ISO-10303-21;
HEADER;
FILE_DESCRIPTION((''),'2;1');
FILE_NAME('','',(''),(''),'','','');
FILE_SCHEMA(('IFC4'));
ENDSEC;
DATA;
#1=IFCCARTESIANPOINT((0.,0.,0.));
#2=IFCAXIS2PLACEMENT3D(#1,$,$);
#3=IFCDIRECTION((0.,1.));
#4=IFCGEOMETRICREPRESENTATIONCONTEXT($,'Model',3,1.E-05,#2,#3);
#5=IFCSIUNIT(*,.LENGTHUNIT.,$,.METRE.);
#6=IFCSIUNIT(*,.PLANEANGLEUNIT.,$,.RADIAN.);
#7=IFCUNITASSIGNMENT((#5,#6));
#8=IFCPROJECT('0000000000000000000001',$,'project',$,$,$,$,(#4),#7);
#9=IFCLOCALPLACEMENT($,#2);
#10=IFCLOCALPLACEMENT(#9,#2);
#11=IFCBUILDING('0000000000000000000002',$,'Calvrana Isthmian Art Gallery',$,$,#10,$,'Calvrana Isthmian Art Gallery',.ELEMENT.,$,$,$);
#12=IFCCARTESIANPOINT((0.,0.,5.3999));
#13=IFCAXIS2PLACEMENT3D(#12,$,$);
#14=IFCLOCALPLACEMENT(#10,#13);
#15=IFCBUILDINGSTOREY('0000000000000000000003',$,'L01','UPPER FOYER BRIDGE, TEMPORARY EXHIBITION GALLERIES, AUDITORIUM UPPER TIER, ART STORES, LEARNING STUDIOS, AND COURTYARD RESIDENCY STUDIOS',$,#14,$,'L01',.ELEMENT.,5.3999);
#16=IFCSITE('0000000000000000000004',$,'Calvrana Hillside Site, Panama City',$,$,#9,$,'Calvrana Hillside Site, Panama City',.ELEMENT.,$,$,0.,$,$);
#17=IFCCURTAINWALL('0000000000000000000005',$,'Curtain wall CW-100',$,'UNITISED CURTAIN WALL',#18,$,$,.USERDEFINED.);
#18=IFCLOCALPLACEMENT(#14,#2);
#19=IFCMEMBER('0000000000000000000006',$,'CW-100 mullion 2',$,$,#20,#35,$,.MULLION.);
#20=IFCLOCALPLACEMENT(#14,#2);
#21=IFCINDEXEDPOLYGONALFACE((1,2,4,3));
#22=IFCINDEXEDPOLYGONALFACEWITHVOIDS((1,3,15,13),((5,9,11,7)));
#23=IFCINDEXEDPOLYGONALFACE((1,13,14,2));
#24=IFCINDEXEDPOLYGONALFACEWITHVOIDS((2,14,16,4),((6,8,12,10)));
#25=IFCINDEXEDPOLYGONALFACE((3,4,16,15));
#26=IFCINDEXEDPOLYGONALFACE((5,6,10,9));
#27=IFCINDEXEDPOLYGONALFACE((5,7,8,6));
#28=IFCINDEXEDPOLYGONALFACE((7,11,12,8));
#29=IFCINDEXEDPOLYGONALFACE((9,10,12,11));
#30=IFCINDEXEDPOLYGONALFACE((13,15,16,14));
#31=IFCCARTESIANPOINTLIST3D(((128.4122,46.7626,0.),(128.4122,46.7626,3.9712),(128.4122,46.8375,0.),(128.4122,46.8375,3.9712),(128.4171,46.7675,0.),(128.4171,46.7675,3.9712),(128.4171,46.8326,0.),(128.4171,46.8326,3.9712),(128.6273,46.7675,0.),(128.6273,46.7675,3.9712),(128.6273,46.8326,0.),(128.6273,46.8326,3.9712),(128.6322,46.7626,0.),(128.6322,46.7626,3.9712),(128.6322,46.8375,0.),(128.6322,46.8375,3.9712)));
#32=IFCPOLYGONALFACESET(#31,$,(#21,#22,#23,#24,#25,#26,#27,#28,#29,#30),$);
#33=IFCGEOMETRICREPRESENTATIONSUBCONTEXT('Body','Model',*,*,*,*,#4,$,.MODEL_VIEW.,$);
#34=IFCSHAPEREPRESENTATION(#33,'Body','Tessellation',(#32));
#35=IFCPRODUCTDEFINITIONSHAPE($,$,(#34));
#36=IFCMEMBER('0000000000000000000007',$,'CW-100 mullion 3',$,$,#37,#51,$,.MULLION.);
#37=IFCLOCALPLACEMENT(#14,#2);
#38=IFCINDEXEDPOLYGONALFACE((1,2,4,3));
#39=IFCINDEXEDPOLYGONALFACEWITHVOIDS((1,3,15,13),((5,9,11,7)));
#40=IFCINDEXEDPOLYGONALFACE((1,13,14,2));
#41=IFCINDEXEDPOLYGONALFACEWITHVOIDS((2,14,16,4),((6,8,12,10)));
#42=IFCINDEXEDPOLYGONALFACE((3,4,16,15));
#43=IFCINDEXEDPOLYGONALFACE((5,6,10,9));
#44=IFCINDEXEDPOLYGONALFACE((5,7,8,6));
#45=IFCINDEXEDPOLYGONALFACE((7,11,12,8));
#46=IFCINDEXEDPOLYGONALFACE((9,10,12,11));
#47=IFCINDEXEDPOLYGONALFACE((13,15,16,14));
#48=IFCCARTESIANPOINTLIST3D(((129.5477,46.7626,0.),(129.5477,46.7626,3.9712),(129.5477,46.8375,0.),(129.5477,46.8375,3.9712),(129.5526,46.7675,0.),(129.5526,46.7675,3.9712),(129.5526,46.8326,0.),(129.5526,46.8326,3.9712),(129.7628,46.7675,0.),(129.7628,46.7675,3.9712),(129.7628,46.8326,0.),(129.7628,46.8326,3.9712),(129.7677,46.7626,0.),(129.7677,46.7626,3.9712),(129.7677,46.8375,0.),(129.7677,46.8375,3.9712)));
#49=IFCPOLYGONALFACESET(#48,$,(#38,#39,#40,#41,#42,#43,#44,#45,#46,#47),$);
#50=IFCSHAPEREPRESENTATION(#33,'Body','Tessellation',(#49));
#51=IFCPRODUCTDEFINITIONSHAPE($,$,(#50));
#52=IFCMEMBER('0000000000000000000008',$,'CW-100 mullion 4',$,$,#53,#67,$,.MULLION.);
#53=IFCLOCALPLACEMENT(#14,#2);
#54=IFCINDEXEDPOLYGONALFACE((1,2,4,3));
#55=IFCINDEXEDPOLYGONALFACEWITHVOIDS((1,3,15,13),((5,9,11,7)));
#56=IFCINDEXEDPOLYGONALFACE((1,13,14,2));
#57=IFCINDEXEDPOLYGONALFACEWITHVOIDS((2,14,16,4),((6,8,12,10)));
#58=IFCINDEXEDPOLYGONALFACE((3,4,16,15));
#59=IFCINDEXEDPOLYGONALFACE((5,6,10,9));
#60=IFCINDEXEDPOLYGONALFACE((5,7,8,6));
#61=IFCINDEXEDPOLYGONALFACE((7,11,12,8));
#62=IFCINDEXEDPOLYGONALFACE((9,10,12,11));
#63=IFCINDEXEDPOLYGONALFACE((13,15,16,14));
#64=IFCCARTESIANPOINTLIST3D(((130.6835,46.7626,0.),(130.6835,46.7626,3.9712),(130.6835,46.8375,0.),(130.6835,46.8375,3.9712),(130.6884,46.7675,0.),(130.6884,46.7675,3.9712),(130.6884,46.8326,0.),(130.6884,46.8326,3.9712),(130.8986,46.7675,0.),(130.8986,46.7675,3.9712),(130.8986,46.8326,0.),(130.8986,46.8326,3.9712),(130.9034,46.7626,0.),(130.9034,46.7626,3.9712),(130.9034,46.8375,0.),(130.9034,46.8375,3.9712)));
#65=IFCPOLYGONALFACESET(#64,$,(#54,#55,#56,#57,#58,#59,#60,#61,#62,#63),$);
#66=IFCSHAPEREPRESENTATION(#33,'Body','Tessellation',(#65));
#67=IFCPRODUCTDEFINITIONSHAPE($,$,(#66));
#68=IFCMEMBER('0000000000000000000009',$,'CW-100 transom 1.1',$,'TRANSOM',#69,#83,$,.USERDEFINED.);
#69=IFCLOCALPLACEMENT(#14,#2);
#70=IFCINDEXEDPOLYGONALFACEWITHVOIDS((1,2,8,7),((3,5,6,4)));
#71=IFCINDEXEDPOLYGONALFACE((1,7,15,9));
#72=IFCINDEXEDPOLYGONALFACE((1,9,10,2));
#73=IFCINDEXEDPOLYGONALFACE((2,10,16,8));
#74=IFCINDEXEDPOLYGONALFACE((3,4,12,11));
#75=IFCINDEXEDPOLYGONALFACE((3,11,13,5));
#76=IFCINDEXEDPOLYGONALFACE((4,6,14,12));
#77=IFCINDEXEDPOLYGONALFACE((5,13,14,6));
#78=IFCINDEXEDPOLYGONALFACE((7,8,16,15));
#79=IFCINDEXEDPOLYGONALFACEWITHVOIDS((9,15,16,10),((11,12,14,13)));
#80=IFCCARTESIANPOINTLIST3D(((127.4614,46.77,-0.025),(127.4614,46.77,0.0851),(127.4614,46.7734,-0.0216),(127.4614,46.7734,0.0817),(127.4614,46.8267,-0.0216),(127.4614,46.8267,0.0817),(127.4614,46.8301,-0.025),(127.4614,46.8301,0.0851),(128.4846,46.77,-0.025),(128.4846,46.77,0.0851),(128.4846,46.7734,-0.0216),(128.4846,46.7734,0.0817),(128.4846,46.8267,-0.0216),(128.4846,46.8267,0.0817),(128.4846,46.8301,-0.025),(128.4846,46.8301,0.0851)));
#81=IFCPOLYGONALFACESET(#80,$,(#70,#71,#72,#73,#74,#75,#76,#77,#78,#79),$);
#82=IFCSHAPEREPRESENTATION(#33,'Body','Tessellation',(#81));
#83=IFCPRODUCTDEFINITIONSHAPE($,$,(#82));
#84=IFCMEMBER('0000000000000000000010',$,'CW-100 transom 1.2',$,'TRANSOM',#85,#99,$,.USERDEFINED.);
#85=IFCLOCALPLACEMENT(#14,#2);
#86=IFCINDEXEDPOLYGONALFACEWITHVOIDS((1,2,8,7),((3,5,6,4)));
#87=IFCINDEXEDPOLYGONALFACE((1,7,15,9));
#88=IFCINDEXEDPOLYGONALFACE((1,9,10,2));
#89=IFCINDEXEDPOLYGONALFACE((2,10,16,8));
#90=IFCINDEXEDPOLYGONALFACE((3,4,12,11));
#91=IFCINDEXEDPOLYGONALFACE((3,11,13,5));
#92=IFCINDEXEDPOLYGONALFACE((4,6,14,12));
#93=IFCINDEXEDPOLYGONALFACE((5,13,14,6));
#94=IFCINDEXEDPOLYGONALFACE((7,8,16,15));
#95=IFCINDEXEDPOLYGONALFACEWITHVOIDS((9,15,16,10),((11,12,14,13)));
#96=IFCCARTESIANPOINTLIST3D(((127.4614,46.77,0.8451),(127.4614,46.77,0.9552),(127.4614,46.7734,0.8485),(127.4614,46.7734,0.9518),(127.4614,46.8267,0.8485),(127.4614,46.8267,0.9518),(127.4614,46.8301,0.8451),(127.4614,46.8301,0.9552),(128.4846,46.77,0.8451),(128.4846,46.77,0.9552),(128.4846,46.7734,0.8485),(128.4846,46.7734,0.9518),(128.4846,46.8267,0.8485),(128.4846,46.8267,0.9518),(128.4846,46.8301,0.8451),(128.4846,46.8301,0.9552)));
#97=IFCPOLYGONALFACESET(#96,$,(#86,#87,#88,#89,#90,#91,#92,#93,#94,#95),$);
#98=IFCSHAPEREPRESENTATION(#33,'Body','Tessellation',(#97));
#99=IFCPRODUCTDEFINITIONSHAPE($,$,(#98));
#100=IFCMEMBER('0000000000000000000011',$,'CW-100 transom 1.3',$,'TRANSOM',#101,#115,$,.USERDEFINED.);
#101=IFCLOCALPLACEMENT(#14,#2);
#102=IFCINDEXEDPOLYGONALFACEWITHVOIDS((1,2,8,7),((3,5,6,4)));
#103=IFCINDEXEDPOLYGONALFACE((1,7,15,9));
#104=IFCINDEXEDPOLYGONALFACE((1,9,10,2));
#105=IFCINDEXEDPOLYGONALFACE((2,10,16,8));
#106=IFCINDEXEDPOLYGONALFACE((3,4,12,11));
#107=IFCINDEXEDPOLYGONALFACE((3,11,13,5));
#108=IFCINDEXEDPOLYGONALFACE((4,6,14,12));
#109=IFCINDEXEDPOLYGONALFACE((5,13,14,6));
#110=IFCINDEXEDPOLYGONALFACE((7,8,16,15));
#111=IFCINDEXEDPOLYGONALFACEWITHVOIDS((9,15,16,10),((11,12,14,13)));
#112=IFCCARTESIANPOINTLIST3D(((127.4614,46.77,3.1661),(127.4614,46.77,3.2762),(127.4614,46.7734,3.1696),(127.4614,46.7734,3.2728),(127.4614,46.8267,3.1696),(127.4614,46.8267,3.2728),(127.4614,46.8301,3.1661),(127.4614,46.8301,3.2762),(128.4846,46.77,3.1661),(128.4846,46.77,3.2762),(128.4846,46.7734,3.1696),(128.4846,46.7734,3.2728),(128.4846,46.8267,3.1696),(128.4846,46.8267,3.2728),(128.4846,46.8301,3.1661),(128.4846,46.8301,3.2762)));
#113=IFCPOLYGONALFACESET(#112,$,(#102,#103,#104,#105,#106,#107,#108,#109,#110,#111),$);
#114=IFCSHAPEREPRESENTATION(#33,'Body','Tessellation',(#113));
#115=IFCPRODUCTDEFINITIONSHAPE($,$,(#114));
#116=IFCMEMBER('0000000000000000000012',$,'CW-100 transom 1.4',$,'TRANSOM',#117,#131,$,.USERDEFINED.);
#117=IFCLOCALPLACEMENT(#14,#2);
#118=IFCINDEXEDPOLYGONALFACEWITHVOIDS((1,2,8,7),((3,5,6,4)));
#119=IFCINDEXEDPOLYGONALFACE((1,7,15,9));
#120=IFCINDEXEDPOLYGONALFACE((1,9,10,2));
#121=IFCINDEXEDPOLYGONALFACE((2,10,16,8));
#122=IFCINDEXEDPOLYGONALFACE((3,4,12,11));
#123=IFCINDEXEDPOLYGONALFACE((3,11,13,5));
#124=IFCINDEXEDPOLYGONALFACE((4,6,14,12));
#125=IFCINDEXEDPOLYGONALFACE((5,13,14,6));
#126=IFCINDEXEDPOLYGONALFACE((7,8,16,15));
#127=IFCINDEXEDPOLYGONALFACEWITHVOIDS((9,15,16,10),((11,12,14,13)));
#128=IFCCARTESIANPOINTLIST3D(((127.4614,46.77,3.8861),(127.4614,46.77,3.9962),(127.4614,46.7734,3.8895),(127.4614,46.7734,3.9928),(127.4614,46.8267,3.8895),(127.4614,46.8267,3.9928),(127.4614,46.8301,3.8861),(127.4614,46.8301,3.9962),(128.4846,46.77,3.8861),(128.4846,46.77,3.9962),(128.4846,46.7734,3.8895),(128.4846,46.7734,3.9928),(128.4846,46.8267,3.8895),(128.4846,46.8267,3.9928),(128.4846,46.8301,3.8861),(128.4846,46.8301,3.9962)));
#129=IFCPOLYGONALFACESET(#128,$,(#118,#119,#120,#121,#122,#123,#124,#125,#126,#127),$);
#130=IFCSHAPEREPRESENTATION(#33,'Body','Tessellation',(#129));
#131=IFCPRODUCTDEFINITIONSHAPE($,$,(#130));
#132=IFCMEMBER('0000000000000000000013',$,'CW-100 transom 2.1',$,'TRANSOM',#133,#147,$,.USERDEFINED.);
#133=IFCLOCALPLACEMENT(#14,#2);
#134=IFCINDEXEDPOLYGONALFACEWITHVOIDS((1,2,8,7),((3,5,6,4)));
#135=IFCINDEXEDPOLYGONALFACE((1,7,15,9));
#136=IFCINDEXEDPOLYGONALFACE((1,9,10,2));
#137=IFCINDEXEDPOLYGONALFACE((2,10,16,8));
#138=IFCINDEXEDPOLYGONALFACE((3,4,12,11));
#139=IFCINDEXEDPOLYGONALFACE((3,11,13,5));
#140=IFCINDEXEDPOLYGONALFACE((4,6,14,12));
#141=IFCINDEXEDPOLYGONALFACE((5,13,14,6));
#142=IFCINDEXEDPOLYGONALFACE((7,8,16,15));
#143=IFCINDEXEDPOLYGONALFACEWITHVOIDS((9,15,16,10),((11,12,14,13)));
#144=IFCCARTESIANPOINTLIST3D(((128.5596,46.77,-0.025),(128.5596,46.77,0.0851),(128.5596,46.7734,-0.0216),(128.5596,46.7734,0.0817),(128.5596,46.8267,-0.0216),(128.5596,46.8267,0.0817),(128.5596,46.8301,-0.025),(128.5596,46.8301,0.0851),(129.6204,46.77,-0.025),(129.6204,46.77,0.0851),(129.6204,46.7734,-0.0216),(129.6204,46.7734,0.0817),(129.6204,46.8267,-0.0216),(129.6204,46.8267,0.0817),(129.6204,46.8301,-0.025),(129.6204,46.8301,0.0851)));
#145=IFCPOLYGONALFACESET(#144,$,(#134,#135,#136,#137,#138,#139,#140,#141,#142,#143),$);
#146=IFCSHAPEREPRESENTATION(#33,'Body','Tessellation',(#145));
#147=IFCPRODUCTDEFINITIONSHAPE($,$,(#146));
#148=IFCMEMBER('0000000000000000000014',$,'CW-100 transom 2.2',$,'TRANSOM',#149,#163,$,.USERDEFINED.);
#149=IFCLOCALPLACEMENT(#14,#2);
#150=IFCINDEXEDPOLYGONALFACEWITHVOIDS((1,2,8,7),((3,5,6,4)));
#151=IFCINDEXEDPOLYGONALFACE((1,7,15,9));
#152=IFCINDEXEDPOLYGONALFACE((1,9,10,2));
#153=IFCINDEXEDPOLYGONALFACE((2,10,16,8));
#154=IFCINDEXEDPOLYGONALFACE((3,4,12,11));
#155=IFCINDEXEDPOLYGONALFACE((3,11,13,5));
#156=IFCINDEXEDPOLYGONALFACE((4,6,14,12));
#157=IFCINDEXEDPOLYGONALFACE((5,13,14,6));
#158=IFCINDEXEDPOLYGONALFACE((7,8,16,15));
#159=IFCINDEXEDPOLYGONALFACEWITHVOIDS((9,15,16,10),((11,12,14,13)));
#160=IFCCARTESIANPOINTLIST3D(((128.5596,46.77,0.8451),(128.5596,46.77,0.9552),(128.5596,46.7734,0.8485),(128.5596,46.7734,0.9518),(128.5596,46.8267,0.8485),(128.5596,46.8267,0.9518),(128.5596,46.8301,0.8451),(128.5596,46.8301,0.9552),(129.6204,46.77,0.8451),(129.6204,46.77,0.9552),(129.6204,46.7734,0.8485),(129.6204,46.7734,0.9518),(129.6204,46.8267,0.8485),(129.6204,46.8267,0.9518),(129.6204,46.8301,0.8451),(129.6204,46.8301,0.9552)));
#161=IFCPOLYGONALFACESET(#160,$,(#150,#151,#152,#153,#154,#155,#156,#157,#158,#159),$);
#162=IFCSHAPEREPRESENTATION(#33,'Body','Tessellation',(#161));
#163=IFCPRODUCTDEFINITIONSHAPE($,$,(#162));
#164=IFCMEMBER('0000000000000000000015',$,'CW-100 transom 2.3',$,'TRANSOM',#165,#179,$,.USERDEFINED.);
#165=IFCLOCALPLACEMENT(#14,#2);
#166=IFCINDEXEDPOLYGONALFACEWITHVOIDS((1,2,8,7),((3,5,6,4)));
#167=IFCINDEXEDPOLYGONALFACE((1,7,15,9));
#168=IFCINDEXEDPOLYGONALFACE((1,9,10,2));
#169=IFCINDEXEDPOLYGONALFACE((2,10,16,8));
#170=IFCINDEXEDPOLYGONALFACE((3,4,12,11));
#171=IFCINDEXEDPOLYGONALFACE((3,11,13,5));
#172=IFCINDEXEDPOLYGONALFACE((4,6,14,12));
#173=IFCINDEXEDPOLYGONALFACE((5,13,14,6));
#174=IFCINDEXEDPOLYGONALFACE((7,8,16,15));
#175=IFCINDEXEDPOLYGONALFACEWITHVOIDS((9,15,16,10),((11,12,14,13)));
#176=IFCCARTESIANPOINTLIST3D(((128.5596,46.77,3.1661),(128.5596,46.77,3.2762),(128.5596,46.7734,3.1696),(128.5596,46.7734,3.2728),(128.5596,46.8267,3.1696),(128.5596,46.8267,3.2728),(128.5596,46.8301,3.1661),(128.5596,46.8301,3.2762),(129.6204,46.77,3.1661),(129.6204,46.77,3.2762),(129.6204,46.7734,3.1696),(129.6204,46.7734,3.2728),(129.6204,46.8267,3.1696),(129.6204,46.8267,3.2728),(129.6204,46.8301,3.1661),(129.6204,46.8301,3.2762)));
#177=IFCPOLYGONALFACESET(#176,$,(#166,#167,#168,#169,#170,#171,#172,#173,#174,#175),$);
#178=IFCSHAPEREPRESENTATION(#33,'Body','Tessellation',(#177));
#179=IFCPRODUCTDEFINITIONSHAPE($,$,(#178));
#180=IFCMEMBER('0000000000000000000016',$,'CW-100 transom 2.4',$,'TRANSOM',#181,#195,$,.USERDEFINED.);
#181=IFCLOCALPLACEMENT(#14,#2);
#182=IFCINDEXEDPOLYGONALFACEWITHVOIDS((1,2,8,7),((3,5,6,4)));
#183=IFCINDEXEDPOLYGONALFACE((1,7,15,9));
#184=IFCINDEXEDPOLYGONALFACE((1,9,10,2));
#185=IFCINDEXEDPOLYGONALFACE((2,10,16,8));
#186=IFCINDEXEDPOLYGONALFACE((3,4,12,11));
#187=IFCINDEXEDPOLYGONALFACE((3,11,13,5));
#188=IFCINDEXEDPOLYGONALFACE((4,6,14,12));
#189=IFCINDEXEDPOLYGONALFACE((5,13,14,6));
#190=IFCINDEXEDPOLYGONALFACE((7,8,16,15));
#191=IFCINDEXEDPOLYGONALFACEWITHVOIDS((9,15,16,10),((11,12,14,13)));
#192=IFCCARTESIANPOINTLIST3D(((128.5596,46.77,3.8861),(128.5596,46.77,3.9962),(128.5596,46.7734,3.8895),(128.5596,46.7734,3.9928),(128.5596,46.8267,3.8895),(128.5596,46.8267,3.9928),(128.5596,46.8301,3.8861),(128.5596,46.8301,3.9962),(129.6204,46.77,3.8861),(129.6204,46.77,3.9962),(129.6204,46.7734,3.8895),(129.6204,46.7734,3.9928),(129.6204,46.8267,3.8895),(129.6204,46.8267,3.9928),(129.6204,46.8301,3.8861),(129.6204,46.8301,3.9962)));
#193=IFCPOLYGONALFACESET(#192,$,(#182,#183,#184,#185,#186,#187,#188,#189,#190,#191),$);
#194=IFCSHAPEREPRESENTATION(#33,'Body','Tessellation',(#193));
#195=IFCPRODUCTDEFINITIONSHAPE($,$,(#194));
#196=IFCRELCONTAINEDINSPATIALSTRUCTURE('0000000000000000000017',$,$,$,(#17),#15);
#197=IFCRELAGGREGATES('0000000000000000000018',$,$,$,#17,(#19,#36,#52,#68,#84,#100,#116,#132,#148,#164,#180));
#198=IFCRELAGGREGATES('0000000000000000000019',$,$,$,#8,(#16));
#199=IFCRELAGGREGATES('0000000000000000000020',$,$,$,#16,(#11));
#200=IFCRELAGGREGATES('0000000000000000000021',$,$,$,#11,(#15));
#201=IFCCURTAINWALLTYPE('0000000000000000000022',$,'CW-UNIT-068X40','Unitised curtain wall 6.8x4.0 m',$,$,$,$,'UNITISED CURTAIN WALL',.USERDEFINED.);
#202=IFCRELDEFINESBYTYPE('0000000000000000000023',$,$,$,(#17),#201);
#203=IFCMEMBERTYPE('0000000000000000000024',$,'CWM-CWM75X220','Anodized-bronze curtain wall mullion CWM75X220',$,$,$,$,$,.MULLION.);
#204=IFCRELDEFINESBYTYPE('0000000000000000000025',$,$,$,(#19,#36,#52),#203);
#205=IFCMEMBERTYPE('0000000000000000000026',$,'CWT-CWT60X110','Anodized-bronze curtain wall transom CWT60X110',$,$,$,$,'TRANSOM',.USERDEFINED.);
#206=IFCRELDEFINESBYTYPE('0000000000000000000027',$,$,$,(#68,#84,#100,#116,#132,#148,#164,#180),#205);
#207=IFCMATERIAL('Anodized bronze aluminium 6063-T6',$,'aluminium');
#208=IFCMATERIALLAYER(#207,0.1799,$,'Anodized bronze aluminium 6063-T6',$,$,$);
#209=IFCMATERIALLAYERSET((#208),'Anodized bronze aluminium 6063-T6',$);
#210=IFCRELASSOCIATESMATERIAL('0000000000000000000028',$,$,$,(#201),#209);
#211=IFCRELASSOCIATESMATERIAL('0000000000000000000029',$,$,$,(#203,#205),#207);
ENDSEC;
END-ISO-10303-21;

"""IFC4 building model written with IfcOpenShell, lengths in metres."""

from ifc_helpers import new_model, si_unit, direction, frame, origin, origin_2d, place, context, subcontext, project, spatial, hollow_rectangle, extrude, material, layer, layer_set, material_profile, profile_set, type_object, element, aggregate, save


model = new_model("IFC4")

# Units and contexts
model_context = context("Model", 3, precision=1e-05, world=origin(), true_north=direction((0.0, 1.0)))
body_context = subcontext(model_context, "Body", "Model", "MODEL_VIEW")
ifc_project = project(units=[si_unit("LENGTHUNIT", "METRE"), si_unit("PLANEANGLEUNIT", "RADIAN")], contexts=[model_context])

# Site, building, storey
site_placement = place(None, origin())
site = spatial("IfcSite", under=ifc_project, at=site_placement, Name="Calvrana Hillside Site, Panama City", LongName="Calvrana Hillside Site, Panama City", CompositionType="ELEMENT", RefElevation=0.0)
building_placement = place(site_placement, origin())
building = spatial("IfcBuilding", under=site, at=building_placement, Name="Calvrana Isthmian Art Gallery", LongName="Calvrana Isthmian Art Gallery", CompositionType="ELEMENT")
storey_placement = place(building_placement, frame((0.0, 0.0, 5.3999)))
storey = spatial("IfcBuildingStorey", under=building, at=storey_placement, Name="L01", Description="UPPER FOYER BRIDGE, TEMPORARY EXHIBITION GALLERIES, AUDITORIUM UPPER TIER, ART STORES, LEARNING STUDIOS, AND COURTYARD RESIDENCY STUDIOS", LongName="L01", CompositionType="ELEMENT", Elevation=5.3999)

# Curtain wall, members
ifc_material_1 = material(Name="Anodized bronze aluminium 6063-T6", Category="aluminium")
ifc_layer_1 = layer(ifc_material_1, 0.1799, Name="Anodized bronze aluminium 6063-T6")
ifc_layer_set_1 = layer_set([ifc_layer_1], Name="Anodized bronze aluminium 6063-T6")
curtain_wall_type = type_object("IfcCurtainWallType", Name="CW-UNIT-068X40", Description="Unitised curtain wall 6.8x4.0 m", ElementType="UNITISED CURTAIN WALL", PredefinedType="USERDEFINED", material=ifc_layer_set_1)
curtain_wall_placement = place(storey_placement, origin())
curtain_wall = element("IfcCurtainWall", 1, at=curtain_wall_placement, inside=storey, type_object=curtain_wall_type, Name="Curtain wall CW-100", ObjectType="UNITISED CURTAIN WALL", PredefinedType="USERDEFINED")
ifc_material_profile_1 = material_profile(ifc_material_1, hollow_rectangle(XDim=0.075, YDim=0.22, WallThickness=0.0049, at=origin_2d()), Name="CWM75X220")
ifc_profile_set_1 = profile_set([ifc_material_profile_1], Name="Anodized bronze aluminium 6063-T6")
member_type_1 = type_object("IfcMemberType", Name="CWM-CWM75X220", Description="Anodized-bronze curtain wall mullion CWM75X220", PredefinedType="MULLION", material=ifc_profile_set_1)
member_1_placement = place(storey_placement, frame((128.5222, 46.8, 0.0), z_axis=(0.0, 0.0, 1.0), x_axis=(0.0, 1.0, 0.0)))
member_1 = element("IfcMember", 2, at=member_1_placement, type_object=member_type_1, Name="CW-100 mullion 2", PredefinedType="MULLION", context=body_context, shape_type="SweptSolid", body=[
    extrude(hollow_rectangle(XDim=0.075, YDim=0.22, WallThickness=0.0049, at=origin_2d()), origin(), (0.0, 0.0, 1.0), 3.9712),
])
member_2_placement = place(storey_placement, frame((129.6577, 46.8, 0.0), z_axis=(0.0, 0.0, 1.0), x_axis=(0.0, 1.0, 0.0)))
member_2 = element("IfcMember", 3, at=member_2_placement, type_object=member_type_1, Name="CW-100 mullion 3", PredefinedType="MULLION", context=body_context, shape_type="SweptSolid", body=[
    extrude(hollow_rectangle(XDim=0.075, YDim=0.22, WallThickness=0.0049, at=origin_2d()), origin(), (0.0, 0.0, 1.0), 3.9712),
])
member_3_placement = place(storey_placement, frame((130.7935, 46.8, 0.0), z_axis=(0.0, 0.0, 1.0), x_axis=(0.0, 1.0, 0.0)))
member_3 = element("IfcMember", 4, at=member_3_placement, type_object=member_type_1, Name="CW-100 mullion 4", PredefinedType="MULLION", context=body_context, shape_type="SweptSolid", body=[
    extrude(hollow_rectangle(XDim=0.075, YDim=0.22, WallThickness=0.0049, at=origin_2d()), origin(), (0.0, 0.0, 1.0), 3.9712),
])
ifc_material_profile_2 = material_profile(ifc_material_1, hollow_rectangle(XDim=0.0601, YDim=0.1101, WallThickness=0.0034, at=origin_2d()), Name="CWT60X110")
ifc_profile_set_2 = profile_set([ifc_material_profile_2], Name="Anodized bronze aluminium 6063-T6")
member_type_2 = type_object("IfcMemberType", Name="CWT-CWT60X110", Description="Anodized-bronze curtain wall transom CWT60X110", ElementType="TRANSOM", PredefinedType="USERDEFINED", material=ifc_profile_set_2)
member_4_placement = place(storey_placement, frame((127.4614, 46.8, 0.03), z_axis=(1.0, 0.0, 0.0), x_axis=(0.0, 1.0, 0.0)))
member_4 = element("IfcMember", 5, at=member_4_placement, type_object=member_type_2, Name="CW-100 transom 1.1", ObjectType="TRANSOM", PredefinedType="USERDEFINED", context=body_context, shape_type="SweptSolid", body=[
    extrude(hollow_rectangle(XDim=0.0601, YDim=0.1101, WallThickness=0.0034, at=origin_2d()), origin(), (0.0, 0.0, 1.0), 1.0232),
])
member_5_placement = place(storey_placement, frame((127.4614, 46.8, 0.9001), z_axis=(1.0, 0.0, 0.0), x_axis=(0.0, 1.0, 0.0)))
member_5 = element("IfcMember", 6, at=member_5_placement, type_object=member_type_2, Name="CW-100 transom 1.2", ObjectType="TRANSOM", PredefinedType="USERDEFINED", context=body_context, shape_type="SweptSolid", body=[
    extrude(hollow_rectangle(XDim=0.0601, YDim=0.1101, WallThickness=0.0034, at=origin_2d()), origin(), (0.0, 0.0, 1.0), 1.0232),
])
member_6_placement = place(storey_placement, frame((127.4614, 46.8, 3.2212), z_axis=(1.0, 0.0, 0.0), x_axis=(0.0, 1.0, 0.0)))
member_6 = element("IfcMember", 7, at=member_6_placement, type_object=member_type_2, Name="CW-100 transom 1.3", ObjectType="TRANSOM", PredefinedType="USERDEFINED", context=body_context, shape_type="SweptSolid", body=[
    extrude(hollow_rectangle(XDim=0.0601, YDim=0.1101, WallThickness=0.0034, at=origin_2d()), origin(), (0.0, 0.0, 1.0), 1.0232),
])
member_7_placement = place(storey_placement, frame((127.4614, 46.8, 3.9412), z_axis=(1.0, 0.0, 0.0), x_axis=(0.0, 1.0, 0.0)))
member_7 = element("IfcMember", 8, at=member_7_placement, type_object=member_type_2, Name="CW-100 transom 1.4", ObjectType="TRANSOM", PredefinedType="USERDEFINED", context=body_context, shape_type="SweptSolid", body=[
    extrude(hollow_rectangle(XDim=0.0601, YDim=0.1101, WallThickness=0.0034, at=origin_2d()), origin(), (0.0, 0.0, 1.0), 1.0232),
])
member_8_placement = place(storey_placement, frame((128.5596, 46.8, 0.03), z_axis=(1.0, 0.0, 0.0), x_axis=(0.0, 1.0, 0.0)))
member_8 = element("IfcMember", 9, at=member_8_placement, type_object=member_type_2, Name="CW-100 transom 2.1", ObjectType="TRANSOM", PredefinedType="USERDEFINED", context=body_context, shape_type="SweptSolid", body=[
    extrude(hollow_rectangle(XDim=0.0601, YDim=0.1101, WallThickness=0.0034, at=origin_2d()), origin(), (0.0, 0.0, 1.0), 1.0608),
])
member_9_placement = place(storey_placement, frame((128.5596, 46.8, 0.9001), z_axis=(1.0, 0.0, 0.0), x_axis=(0.0, 1.0, 0.0)))
member_9 = element("IfcMember", 10, at=member_9_placement, type_object=member_type_2, Name="CW-100 transom 2.2", ObjectType="TRANSOM", PredefinedType="USERDEFINED", context=body_context, shape_type="SweptSolid", body=[
    extrude(hollow_rectangle(XDim=0.0601, YDim=0.1101, WallThickness=0.0034, at=origin_2d()), origin(), (0.0, 0.0, 1.0), 1.0608),
])
member_10_placement = place(storey_placement, frame((128.5596, 46.8, 3.2212), z_axis=(1.0, 0.0, 0.0), x_axis=(0.0, 1.0, 0.0)))
member_10 = element("IfcMember", 11, at=member_10_placement, type_object=member_type_2, Name="CW-100 transom 2.3", ObjectType="TRANSOM", PredefinedType="USERDEFINED", context=body_context, shape_type="SweptSolid", body=[
    extrude(hollow_rectangle(XDim=0.0601, YDim=0.1101, WallThickness=0.0034, at=origin_2d()), origin(), (0.0, 0.0, 1.0), 1.0608),
])
member_11_placement = place(storey_placement, frame((128.5596, 46.8, 3.9412), z_axis=(1.0, 0.0, 0.0), x_axis=(0.0, 1.0, 0.0)))
member_11 = element("IfcMember", 12, at=member_11_placement, type_object=member_type_2, Name="CW-100 transom 2.4", ObjectType="TRANSOM", PredefinedType="USERDEFINED", context=body_context, shape_type="SweptSolid", body=[
    extrude(hollow_rectangle(XDim=0.0601, YDim=0.1101, WallThickness=0.0034, at=origin_2d()), origin(), (0.0, 0.0, 1.0), 1.0608),
])
aggregate(curtain_wall, [member_1, member_2, member_3, member_4, member_5, member_6, member_7, member_8, member_9, member_10, member_11])

save(model, "model.ifc")
